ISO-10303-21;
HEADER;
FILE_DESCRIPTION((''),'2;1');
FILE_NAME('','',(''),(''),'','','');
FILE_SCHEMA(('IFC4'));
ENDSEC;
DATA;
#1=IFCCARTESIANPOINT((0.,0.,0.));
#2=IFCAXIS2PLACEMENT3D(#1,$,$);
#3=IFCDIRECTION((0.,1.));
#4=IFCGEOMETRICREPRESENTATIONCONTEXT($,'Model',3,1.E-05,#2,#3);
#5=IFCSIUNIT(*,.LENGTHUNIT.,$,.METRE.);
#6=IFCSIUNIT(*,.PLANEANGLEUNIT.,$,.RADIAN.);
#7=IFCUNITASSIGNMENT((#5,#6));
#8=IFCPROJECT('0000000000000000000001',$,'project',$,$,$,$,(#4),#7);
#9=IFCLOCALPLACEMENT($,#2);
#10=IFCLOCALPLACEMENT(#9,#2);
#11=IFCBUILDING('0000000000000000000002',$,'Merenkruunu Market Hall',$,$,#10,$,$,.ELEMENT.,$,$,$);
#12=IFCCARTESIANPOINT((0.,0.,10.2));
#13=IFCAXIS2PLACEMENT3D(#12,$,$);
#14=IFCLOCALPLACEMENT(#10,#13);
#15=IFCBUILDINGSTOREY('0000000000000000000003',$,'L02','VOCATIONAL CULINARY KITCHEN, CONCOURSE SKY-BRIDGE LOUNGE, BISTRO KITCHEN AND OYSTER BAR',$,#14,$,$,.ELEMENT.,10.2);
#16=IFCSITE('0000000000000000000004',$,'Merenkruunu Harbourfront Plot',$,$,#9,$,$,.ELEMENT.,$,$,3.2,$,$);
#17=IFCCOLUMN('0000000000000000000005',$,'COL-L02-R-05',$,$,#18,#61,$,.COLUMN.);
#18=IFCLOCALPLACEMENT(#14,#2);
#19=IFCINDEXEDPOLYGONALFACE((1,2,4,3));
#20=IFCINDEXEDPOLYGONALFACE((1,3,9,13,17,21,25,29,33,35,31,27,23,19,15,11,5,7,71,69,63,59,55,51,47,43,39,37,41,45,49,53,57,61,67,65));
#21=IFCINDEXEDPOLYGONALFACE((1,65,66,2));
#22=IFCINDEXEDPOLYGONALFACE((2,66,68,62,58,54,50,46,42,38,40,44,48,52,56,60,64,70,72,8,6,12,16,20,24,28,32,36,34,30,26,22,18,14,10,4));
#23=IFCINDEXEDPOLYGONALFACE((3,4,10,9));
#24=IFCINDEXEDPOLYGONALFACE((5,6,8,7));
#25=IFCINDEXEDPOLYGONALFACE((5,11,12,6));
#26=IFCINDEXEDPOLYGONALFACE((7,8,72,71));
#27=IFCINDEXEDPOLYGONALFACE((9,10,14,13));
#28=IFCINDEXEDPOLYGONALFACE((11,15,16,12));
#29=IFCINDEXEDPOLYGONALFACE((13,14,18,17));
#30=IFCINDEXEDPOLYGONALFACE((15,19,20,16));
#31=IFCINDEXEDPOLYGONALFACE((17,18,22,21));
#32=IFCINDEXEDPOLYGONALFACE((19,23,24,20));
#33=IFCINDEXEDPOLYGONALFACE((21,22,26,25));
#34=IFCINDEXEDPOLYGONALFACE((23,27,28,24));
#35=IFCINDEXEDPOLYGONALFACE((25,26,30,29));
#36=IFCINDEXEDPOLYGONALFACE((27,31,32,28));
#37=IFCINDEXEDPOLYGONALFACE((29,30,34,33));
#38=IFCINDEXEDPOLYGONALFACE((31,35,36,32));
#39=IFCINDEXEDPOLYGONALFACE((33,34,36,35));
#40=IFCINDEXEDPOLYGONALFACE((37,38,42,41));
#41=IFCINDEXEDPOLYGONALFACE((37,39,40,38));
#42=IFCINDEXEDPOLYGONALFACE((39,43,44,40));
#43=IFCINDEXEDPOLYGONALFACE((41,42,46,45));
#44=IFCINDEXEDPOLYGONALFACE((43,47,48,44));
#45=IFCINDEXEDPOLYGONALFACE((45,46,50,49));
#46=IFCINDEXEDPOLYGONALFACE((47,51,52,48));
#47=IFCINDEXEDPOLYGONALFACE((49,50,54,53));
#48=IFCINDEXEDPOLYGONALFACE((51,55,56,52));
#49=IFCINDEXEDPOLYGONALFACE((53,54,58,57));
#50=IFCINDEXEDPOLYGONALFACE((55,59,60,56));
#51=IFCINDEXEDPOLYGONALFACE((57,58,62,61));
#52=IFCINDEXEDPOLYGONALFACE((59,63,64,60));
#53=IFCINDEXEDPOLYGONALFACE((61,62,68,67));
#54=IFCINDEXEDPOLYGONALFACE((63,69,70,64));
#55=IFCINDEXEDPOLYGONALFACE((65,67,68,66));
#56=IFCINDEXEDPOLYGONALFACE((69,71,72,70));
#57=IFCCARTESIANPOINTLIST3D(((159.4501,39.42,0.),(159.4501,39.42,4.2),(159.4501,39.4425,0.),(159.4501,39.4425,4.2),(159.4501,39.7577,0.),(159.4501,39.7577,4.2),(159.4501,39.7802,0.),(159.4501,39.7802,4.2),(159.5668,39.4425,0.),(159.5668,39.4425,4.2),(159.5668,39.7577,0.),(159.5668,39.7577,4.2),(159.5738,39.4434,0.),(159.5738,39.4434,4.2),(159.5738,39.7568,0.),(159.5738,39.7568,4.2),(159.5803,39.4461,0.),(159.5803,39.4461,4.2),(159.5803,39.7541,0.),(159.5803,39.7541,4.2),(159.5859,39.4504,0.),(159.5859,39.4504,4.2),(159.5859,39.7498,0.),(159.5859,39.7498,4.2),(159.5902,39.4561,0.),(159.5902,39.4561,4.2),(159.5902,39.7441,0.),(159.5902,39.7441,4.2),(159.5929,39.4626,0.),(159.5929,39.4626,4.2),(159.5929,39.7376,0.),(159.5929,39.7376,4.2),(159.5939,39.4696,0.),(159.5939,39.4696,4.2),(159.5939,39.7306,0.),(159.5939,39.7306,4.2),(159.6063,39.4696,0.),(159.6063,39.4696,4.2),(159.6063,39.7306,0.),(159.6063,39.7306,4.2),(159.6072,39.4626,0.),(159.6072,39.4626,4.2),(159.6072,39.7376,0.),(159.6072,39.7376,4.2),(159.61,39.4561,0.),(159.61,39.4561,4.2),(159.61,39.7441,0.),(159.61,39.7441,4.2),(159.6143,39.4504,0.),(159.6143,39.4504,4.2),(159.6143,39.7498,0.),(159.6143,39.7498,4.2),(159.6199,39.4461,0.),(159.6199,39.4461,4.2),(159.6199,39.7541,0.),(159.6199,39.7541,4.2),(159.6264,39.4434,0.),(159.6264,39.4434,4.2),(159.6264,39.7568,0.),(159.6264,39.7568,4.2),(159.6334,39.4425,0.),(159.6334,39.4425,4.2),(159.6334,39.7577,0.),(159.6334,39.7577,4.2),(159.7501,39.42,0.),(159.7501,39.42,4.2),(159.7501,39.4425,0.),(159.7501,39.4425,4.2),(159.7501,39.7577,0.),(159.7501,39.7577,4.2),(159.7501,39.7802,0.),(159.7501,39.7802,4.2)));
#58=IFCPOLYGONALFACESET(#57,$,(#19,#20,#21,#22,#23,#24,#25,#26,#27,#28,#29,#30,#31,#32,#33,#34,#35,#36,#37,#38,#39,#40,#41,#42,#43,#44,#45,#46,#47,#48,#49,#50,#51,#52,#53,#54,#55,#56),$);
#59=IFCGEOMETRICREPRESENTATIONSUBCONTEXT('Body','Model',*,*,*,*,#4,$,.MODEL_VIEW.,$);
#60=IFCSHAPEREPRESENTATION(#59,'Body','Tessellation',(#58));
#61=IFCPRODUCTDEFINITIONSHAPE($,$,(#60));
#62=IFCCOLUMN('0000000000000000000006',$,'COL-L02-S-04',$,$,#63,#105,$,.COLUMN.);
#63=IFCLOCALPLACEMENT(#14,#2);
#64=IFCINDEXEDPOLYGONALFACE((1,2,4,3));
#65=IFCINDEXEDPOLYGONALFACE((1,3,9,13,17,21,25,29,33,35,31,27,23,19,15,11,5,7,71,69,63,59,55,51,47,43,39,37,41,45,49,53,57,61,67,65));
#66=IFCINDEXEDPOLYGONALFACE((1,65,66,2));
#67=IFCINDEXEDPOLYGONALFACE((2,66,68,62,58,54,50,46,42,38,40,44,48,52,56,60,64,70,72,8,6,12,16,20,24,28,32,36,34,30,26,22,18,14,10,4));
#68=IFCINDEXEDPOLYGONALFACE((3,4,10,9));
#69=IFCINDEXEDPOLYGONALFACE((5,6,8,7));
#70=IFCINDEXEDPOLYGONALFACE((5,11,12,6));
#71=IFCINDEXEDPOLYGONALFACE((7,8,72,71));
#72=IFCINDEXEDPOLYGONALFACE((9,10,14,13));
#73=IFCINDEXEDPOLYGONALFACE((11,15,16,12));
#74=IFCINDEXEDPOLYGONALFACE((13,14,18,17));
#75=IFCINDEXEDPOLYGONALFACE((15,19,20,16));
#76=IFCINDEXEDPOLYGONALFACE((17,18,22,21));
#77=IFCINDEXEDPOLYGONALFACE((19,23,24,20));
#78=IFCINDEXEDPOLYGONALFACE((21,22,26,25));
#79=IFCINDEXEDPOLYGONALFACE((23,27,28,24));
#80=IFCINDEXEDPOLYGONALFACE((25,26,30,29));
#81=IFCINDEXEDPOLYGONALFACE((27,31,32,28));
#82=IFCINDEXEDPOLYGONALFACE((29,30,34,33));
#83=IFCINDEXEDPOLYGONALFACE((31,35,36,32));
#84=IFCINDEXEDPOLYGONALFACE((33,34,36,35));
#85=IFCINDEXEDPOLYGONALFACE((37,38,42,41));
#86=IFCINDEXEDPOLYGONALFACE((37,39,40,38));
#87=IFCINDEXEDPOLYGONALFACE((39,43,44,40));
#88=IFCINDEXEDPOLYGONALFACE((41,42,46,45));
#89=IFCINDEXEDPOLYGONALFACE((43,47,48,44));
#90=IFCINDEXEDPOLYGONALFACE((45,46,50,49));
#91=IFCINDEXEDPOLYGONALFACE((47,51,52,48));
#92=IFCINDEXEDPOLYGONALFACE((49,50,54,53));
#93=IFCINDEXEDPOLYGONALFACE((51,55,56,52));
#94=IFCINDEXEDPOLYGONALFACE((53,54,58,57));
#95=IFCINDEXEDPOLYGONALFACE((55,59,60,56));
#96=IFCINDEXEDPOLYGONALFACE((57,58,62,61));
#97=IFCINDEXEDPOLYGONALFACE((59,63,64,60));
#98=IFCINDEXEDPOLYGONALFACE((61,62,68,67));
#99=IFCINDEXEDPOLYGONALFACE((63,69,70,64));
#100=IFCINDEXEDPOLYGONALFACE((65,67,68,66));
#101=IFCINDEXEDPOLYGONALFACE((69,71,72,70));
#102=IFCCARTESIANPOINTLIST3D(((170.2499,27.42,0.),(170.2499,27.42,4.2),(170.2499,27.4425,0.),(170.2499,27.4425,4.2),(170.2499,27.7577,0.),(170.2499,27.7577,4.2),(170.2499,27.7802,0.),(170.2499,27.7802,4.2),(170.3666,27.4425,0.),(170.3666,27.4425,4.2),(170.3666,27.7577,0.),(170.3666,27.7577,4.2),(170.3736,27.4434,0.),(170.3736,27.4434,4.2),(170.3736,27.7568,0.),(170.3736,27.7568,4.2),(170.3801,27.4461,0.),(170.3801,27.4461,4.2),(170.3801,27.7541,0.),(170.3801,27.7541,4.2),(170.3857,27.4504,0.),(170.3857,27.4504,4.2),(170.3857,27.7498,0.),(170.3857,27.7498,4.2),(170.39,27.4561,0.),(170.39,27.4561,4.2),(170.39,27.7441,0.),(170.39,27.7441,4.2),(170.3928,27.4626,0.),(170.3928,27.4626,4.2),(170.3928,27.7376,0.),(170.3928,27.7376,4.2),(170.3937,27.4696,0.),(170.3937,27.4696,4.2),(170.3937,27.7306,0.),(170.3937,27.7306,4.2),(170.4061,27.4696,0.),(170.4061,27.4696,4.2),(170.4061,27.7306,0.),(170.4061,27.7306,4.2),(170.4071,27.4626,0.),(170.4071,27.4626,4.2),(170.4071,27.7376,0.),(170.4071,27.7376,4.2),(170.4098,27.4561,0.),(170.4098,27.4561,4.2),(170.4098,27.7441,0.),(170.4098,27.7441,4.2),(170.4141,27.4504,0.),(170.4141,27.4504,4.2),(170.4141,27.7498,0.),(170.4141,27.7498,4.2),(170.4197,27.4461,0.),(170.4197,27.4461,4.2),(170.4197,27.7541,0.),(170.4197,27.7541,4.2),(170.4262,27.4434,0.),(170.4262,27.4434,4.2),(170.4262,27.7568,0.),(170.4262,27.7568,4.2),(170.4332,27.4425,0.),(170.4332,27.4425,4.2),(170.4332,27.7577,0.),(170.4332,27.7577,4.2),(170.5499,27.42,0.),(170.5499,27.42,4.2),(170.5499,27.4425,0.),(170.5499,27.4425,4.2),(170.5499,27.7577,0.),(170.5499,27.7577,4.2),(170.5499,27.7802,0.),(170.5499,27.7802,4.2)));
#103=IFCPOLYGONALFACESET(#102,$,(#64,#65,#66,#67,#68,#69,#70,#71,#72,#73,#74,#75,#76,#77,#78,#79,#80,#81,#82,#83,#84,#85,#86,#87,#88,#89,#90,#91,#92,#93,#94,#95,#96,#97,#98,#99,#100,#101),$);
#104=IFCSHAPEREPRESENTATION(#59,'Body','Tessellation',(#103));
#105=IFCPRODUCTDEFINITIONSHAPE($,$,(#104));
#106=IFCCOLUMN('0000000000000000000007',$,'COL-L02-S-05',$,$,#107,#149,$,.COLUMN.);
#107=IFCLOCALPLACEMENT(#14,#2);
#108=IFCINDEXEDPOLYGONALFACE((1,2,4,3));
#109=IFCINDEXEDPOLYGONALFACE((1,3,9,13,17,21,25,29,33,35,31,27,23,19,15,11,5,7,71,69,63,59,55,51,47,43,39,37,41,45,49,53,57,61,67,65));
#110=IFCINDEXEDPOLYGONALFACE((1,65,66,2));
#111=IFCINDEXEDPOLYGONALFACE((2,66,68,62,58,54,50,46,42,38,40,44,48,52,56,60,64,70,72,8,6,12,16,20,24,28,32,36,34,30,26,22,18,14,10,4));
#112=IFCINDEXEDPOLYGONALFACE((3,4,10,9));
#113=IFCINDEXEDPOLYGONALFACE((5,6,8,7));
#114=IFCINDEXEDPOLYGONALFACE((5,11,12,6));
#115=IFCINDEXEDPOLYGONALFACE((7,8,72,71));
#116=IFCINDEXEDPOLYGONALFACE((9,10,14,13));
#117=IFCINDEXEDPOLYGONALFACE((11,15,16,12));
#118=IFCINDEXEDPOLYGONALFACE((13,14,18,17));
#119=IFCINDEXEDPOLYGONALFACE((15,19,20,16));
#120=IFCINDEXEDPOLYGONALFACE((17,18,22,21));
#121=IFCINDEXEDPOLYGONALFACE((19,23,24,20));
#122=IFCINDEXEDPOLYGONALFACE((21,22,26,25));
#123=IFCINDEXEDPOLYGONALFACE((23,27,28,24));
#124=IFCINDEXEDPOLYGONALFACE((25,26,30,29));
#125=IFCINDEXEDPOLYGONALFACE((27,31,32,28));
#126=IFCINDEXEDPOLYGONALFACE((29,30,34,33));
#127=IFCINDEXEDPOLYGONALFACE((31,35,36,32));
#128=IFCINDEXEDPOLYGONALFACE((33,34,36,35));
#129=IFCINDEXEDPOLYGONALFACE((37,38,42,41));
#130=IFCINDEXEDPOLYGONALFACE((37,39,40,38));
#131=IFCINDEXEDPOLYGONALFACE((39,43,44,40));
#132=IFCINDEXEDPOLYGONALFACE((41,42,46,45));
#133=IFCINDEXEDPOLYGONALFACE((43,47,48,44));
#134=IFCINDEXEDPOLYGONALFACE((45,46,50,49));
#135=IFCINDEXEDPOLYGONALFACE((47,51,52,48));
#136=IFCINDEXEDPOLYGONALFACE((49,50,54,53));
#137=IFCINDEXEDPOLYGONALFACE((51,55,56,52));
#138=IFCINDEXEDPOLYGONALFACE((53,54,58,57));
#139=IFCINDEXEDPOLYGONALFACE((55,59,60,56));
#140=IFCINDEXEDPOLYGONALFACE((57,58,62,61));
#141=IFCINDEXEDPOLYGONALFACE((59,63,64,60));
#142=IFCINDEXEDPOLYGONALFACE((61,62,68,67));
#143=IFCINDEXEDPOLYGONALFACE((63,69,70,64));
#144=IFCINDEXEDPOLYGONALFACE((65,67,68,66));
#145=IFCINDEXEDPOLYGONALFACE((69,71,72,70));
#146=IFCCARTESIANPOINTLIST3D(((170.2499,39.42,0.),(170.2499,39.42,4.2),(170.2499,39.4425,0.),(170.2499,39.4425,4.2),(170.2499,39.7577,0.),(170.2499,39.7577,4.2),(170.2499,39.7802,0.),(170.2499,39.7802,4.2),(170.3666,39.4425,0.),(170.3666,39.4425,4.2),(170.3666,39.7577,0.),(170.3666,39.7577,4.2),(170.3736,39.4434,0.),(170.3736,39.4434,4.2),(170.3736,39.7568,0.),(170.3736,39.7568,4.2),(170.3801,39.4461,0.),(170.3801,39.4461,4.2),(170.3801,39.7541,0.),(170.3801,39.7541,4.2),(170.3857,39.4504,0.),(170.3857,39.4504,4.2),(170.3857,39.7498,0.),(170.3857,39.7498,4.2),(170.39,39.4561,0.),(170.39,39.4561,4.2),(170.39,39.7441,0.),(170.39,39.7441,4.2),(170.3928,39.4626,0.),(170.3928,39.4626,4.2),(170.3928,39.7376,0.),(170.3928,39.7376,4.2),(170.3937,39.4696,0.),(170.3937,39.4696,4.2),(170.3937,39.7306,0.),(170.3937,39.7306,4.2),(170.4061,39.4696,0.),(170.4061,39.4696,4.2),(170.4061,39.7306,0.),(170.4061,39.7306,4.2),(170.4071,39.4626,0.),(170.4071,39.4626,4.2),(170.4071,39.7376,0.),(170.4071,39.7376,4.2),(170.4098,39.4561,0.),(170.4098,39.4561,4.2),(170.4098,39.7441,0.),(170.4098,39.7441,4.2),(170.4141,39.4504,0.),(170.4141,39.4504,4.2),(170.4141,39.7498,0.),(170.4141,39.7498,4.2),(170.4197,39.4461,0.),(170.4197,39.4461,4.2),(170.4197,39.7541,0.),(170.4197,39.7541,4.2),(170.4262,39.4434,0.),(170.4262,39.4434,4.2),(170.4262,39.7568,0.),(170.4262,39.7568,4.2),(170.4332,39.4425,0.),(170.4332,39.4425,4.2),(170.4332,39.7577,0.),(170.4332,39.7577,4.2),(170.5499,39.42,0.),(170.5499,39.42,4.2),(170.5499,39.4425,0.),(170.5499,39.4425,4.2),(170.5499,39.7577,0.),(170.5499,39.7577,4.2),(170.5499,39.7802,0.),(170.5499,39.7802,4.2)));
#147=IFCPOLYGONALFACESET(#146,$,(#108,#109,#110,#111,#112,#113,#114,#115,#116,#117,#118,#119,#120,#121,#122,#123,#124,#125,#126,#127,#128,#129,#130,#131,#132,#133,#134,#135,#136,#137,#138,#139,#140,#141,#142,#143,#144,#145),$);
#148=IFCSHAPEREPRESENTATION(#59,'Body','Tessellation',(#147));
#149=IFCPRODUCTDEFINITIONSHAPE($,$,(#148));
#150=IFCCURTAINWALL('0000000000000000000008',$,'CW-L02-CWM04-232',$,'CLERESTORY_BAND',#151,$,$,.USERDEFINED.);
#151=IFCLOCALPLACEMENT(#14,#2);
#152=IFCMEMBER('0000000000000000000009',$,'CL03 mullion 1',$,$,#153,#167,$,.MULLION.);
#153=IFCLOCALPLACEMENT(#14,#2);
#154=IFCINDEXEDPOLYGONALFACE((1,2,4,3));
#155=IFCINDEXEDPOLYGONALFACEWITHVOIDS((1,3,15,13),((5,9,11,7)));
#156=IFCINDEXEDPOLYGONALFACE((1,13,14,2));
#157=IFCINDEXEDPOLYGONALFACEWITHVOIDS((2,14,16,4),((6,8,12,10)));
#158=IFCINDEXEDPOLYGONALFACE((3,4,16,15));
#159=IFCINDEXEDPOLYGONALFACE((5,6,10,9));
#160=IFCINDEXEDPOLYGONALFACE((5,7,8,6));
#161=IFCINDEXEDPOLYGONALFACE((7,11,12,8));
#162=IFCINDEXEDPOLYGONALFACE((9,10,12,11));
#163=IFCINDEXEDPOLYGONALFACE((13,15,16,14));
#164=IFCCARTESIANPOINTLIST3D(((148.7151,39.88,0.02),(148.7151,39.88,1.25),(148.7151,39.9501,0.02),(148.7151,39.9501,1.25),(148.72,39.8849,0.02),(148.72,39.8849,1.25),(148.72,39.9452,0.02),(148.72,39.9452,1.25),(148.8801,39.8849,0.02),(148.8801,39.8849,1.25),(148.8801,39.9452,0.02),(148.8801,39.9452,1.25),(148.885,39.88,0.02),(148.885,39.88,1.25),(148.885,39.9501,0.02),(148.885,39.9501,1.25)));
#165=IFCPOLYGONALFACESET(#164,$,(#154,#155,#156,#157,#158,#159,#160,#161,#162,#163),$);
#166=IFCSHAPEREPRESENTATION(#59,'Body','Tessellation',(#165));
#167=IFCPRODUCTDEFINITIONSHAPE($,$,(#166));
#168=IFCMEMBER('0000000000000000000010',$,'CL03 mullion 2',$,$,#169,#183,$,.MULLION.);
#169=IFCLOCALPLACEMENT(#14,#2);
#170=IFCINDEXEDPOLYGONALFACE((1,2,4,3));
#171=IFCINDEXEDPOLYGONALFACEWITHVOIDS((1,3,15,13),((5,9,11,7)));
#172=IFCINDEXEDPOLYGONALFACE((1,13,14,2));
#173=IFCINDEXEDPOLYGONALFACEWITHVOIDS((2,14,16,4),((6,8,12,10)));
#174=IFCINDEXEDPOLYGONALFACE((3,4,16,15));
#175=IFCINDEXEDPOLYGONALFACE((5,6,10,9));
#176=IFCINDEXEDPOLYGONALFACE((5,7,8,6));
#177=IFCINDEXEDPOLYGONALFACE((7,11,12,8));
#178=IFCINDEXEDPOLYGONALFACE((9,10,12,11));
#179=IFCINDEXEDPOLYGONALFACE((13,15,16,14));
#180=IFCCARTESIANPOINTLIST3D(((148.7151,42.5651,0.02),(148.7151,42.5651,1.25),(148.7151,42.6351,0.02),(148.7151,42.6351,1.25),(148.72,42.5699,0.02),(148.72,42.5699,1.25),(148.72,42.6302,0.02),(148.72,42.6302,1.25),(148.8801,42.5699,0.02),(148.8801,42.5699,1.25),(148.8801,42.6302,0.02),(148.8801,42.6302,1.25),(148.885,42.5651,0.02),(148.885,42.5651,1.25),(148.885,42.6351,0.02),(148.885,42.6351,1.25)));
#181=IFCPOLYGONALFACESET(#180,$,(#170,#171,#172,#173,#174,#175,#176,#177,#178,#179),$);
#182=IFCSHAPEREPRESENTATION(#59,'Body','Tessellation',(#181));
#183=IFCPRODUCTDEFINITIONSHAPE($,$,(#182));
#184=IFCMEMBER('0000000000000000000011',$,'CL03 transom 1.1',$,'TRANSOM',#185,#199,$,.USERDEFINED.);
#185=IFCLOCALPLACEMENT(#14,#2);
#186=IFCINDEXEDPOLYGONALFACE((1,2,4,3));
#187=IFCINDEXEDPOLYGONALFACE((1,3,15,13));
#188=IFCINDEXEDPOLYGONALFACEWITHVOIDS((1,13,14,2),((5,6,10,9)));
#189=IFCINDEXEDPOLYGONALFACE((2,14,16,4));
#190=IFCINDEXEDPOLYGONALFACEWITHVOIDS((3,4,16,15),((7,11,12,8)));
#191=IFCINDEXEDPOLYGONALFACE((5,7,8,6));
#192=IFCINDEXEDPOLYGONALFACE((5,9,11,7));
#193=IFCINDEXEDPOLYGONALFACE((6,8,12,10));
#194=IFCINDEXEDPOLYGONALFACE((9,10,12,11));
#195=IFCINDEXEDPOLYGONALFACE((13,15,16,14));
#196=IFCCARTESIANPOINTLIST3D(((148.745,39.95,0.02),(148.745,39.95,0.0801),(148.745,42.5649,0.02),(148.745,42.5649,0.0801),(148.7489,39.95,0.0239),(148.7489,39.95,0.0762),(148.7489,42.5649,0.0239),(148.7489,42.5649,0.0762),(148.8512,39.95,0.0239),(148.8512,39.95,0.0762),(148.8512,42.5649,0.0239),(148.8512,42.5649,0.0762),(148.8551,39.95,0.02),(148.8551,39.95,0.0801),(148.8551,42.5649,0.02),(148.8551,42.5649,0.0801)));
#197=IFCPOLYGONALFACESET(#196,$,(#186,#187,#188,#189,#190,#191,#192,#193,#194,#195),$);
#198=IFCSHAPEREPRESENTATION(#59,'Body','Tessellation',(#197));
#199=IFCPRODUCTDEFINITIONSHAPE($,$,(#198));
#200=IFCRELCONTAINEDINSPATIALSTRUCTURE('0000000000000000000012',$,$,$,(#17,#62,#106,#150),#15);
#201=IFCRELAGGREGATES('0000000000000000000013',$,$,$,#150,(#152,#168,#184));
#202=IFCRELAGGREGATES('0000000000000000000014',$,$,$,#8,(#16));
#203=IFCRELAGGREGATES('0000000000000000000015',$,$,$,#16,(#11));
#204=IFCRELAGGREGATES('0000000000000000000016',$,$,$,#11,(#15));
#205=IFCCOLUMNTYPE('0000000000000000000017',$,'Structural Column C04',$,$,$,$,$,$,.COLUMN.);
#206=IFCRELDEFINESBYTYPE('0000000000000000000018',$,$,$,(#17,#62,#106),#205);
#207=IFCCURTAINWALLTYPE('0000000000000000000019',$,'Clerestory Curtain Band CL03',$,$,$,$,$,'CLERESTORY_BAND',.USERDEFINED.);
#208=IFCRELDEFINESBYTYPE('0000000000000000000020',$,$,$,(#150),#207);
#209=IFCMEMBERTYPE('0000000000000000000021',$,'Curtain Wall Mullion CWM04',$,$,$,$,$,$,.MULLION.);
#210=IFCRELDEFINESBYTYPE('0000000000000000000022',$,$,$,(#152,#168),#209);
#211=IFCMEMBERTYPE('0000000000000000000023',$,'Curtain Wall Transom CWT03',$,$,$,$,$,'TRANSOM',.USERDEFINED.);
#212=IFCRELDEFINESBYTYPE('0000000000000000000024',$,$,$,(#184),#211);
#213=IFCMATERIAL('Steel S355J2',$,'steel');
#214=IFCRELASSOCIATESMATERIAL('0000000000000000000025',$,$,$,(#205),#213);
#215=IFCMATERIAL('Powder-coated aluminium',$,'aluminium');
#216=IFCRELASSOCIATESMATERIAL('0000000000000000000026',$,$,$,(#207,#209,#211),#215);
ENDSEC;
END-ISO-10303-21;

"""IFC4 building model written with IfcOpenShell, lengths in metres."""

from ifc_helpers import new_model, si_unit, direction, frame, origin, origin_2d, place, context, subcontext, project, spatial, hollow_rectangle, i_section, extrude, material, material_profile, profile_set, type_object, element, aggregate, save


model = new_model("IFC4")

# Units and contexts
model_context = context("Model", 3, precision=1e-05, world=origin(), true_north=direction((0.0, 1.0)))
body_context = subcontext(model_context, "Body", "Model", "MODEL_VIEW")
ifc_project = project(units=[si_unit("LENGTHUNIT", "METRE"), si_unit("PLANEANGLEUNIT", "RADIAN")], contexts=[model_context])

# Site, building, storey
site_placement = place(None, origin())
site = spatial("IfcSite", under=ifc_project, at=site_placement, Name="Merenkruunu Harbourfront Plot", CompositionType="ELEMENT", RefElevation=3.2)
building_placement = place(site_placement, origin())
building = spatial("IfcBuilding", under=site, at=building_placement, Name="Merenkruunu Market Hall", CompositionType="ELEMENT")
storey_placement = place(building_placement, frame((0.0, 0.0, 10.2)))
storey = spatial("IfcBuildingStorey", under=building, at=storey_placement, Name="L02", Description="VOCATIONAL CULINARY KITCHEN, CONCOURSE SKY-BRIDGE LOUNGE, BISTRO KITCHEN AND OYSTER BAR", CompositionType="ELEMENT", Elevation=10.2)

# Columns
ifc_material_1 = material(Name="Steel S355J2", Category="steel")
ifc_material_profile_1 = material_profile(ifc_material_1, i_section(OverallWidth=0.3, OverallDepth=0.3601, WebThickness=0.0125, FlangeThickness=0.0225, FilletRadius=0.0271, at=origin_2d()), Name="HEB 360")
ifc_profile_set_1 = profile_set([ifc_material_profile_1], Name="Steel S355J2")
column_type = type_object("IfcColumnType", Name="Structural Column C04", PredefinedType="COLUMN", material=ifc_profile_set_1)
for number, where, z_axis, x_axis, name in (
    (1, (159.6001, 39.6001, 0.0), (0.0, 0.0, 1.0), (1.0, 0.0, 0.0), "COL-L02-R-05"),
    (2, (170.3999, 27.6001, 0.0), (0.0, 0.0, 1.0), (1.0, 0.0, 0.0), "COL-L02-S-04"),
    (3, (170.3999, 39.6001, 0.0), (0.0, 0.0, 1.0), (1.0, 0.0, 0.0), "COL-L02-S-05"),
):
    element("IfcColumn", number, at=place(storey_placement, frame(where, z_axis=z_axis, x_axis=x_axis)), inside=storey, type_object=column_type, Name=name, PredefinedType="COLUMN", context=body_context, shape_type="SweptSolid", body=[
        extrude(i_section(OverallWidth=0.3, OverallDepth=0.3601, WebThickness=0.0125, FlangeThickness=0.0225, FilletRadius=0.0271, at=origin_2d()), origin(), (0.0, 0.0, 1.0), 4.2),
    ])

# Curtain wall, members
ifc_material_2 = material(Name="Powder-coated aluminium", Category="aluminium")
curtain_wall_type = type_object("IfcCurtainWallType", Name="Clerestory Curtain Band CL03", ElementType="CLERESTORY_BAND", PredefinedType="USERDEFINED", material=ifc_material_2)
curtain_wall_placement = place(storey_placement, origin())
curtain_wall = element("IfcCurtainWall", 4, at=curtain_wall_placement, inside=storey, type_object=curtain_wall_type, Name="CW-L02-CWM04-232", ObjectType="CLERESTORY_BAND", PredefinedType="USERDEFINED")
ifc_material_profile_2 = material_profile(ifc_material_2, hollow_rectangle(XDim=0.0701, YDim=0.1699, WallThickness=0.0049, at=origin_2d()), Name="ALU 70x170x5")
ifc_profile_set_2 = profile_set([ifc_material_profile_2], Name="Powder-coated aluminium")
member_type_1 = type_object("IfcMemberType", Name="Curtain Wall Mullion CWM04", PredefinedType="MULLION", material=ifc_profile_set_2)
member_1_placement = place(storey_placement, frame((148.8, 39.915, 0.02), z_axis=(0.0, 0.0, 1.0), x_axis=(0.0, 1.0, 0.0)))
member_1 = element("IfcMember", 5, at=member_1_placement, type_object=member_type_1, Name="CL03 mullion 1", PredefinedType="MULLION", context=body_context, shape_type="SweptSolid", body=[
    extrude(hollow_rectangle(XDim=0.0701, YDim=0.1699, WallThickness=0.0049, at=origin_2d()), origin(), (0.0, 0.0, 1.0), 1.23),
])
member_2_placement = place(storey_placement, frame((148.8, 42.6001, 0.02), z_axis=(0.0, 0.0, 1.0), x_axis=(0.0, 1.0, 0.0)))
member_2 = element("IfcMember", 6, at=member_2_placement, type_object=member_type_1, Name="CL03 mullion 2", PredefinedType="MULLION", context=body_context, shape_type="SweptSolid", body=[
    extrude(hollow_rectangle(XDim=0.0701, YDim=0.1699, WallThickness=0.0049, at=origin_2d()), origin(), (0.0, 0.0, 1.0), 1.23),
])
ifc_material_profile_3 = material_profile(ifc_material_2, hollow_rectangle(XDim=0.0601, YDim=0.1101, WallThickness=0.0039, at=origin_2d()), Name="ALU 60x110x4")
ifc_profile_set_3 = profile_set([ifc_material_profile_3], Name="Powder-coated aluminium")
member_type_2 = type_object("IfcMemberType", Name="Curtain Wall Transom CWT03", ElementType="TRANSOM", PredefinedType="USERDEFINED", material=ifc_profile_set_3)
member_3_placement = place(storey_placement, frame((148.8, 39.95, 0.05), z_axis=(0.0, 1.0, 0.0), x_axis=(0.0, 0.0, 1.0)))
member_3 = element("IfcMember", 7, at=member_3_placement, type_object=member_type_2, Name="CL03 transom 1.1", ObjectType="TRANSOM", PredefinedType="USERDEFINED", context=body_context, shape_type="SweptSolid", body=[
    extrude(hollow_rectangle(XDim=0.0601, YDim=0.1101, WallThickness=0.0039, at=origin_2d()), origin(), (0.0, 0.0, 1.0), 2.615),
])

aggregate(curtain_wall, [member_1, member_2, member_3])

save(model, "model.ifc")
